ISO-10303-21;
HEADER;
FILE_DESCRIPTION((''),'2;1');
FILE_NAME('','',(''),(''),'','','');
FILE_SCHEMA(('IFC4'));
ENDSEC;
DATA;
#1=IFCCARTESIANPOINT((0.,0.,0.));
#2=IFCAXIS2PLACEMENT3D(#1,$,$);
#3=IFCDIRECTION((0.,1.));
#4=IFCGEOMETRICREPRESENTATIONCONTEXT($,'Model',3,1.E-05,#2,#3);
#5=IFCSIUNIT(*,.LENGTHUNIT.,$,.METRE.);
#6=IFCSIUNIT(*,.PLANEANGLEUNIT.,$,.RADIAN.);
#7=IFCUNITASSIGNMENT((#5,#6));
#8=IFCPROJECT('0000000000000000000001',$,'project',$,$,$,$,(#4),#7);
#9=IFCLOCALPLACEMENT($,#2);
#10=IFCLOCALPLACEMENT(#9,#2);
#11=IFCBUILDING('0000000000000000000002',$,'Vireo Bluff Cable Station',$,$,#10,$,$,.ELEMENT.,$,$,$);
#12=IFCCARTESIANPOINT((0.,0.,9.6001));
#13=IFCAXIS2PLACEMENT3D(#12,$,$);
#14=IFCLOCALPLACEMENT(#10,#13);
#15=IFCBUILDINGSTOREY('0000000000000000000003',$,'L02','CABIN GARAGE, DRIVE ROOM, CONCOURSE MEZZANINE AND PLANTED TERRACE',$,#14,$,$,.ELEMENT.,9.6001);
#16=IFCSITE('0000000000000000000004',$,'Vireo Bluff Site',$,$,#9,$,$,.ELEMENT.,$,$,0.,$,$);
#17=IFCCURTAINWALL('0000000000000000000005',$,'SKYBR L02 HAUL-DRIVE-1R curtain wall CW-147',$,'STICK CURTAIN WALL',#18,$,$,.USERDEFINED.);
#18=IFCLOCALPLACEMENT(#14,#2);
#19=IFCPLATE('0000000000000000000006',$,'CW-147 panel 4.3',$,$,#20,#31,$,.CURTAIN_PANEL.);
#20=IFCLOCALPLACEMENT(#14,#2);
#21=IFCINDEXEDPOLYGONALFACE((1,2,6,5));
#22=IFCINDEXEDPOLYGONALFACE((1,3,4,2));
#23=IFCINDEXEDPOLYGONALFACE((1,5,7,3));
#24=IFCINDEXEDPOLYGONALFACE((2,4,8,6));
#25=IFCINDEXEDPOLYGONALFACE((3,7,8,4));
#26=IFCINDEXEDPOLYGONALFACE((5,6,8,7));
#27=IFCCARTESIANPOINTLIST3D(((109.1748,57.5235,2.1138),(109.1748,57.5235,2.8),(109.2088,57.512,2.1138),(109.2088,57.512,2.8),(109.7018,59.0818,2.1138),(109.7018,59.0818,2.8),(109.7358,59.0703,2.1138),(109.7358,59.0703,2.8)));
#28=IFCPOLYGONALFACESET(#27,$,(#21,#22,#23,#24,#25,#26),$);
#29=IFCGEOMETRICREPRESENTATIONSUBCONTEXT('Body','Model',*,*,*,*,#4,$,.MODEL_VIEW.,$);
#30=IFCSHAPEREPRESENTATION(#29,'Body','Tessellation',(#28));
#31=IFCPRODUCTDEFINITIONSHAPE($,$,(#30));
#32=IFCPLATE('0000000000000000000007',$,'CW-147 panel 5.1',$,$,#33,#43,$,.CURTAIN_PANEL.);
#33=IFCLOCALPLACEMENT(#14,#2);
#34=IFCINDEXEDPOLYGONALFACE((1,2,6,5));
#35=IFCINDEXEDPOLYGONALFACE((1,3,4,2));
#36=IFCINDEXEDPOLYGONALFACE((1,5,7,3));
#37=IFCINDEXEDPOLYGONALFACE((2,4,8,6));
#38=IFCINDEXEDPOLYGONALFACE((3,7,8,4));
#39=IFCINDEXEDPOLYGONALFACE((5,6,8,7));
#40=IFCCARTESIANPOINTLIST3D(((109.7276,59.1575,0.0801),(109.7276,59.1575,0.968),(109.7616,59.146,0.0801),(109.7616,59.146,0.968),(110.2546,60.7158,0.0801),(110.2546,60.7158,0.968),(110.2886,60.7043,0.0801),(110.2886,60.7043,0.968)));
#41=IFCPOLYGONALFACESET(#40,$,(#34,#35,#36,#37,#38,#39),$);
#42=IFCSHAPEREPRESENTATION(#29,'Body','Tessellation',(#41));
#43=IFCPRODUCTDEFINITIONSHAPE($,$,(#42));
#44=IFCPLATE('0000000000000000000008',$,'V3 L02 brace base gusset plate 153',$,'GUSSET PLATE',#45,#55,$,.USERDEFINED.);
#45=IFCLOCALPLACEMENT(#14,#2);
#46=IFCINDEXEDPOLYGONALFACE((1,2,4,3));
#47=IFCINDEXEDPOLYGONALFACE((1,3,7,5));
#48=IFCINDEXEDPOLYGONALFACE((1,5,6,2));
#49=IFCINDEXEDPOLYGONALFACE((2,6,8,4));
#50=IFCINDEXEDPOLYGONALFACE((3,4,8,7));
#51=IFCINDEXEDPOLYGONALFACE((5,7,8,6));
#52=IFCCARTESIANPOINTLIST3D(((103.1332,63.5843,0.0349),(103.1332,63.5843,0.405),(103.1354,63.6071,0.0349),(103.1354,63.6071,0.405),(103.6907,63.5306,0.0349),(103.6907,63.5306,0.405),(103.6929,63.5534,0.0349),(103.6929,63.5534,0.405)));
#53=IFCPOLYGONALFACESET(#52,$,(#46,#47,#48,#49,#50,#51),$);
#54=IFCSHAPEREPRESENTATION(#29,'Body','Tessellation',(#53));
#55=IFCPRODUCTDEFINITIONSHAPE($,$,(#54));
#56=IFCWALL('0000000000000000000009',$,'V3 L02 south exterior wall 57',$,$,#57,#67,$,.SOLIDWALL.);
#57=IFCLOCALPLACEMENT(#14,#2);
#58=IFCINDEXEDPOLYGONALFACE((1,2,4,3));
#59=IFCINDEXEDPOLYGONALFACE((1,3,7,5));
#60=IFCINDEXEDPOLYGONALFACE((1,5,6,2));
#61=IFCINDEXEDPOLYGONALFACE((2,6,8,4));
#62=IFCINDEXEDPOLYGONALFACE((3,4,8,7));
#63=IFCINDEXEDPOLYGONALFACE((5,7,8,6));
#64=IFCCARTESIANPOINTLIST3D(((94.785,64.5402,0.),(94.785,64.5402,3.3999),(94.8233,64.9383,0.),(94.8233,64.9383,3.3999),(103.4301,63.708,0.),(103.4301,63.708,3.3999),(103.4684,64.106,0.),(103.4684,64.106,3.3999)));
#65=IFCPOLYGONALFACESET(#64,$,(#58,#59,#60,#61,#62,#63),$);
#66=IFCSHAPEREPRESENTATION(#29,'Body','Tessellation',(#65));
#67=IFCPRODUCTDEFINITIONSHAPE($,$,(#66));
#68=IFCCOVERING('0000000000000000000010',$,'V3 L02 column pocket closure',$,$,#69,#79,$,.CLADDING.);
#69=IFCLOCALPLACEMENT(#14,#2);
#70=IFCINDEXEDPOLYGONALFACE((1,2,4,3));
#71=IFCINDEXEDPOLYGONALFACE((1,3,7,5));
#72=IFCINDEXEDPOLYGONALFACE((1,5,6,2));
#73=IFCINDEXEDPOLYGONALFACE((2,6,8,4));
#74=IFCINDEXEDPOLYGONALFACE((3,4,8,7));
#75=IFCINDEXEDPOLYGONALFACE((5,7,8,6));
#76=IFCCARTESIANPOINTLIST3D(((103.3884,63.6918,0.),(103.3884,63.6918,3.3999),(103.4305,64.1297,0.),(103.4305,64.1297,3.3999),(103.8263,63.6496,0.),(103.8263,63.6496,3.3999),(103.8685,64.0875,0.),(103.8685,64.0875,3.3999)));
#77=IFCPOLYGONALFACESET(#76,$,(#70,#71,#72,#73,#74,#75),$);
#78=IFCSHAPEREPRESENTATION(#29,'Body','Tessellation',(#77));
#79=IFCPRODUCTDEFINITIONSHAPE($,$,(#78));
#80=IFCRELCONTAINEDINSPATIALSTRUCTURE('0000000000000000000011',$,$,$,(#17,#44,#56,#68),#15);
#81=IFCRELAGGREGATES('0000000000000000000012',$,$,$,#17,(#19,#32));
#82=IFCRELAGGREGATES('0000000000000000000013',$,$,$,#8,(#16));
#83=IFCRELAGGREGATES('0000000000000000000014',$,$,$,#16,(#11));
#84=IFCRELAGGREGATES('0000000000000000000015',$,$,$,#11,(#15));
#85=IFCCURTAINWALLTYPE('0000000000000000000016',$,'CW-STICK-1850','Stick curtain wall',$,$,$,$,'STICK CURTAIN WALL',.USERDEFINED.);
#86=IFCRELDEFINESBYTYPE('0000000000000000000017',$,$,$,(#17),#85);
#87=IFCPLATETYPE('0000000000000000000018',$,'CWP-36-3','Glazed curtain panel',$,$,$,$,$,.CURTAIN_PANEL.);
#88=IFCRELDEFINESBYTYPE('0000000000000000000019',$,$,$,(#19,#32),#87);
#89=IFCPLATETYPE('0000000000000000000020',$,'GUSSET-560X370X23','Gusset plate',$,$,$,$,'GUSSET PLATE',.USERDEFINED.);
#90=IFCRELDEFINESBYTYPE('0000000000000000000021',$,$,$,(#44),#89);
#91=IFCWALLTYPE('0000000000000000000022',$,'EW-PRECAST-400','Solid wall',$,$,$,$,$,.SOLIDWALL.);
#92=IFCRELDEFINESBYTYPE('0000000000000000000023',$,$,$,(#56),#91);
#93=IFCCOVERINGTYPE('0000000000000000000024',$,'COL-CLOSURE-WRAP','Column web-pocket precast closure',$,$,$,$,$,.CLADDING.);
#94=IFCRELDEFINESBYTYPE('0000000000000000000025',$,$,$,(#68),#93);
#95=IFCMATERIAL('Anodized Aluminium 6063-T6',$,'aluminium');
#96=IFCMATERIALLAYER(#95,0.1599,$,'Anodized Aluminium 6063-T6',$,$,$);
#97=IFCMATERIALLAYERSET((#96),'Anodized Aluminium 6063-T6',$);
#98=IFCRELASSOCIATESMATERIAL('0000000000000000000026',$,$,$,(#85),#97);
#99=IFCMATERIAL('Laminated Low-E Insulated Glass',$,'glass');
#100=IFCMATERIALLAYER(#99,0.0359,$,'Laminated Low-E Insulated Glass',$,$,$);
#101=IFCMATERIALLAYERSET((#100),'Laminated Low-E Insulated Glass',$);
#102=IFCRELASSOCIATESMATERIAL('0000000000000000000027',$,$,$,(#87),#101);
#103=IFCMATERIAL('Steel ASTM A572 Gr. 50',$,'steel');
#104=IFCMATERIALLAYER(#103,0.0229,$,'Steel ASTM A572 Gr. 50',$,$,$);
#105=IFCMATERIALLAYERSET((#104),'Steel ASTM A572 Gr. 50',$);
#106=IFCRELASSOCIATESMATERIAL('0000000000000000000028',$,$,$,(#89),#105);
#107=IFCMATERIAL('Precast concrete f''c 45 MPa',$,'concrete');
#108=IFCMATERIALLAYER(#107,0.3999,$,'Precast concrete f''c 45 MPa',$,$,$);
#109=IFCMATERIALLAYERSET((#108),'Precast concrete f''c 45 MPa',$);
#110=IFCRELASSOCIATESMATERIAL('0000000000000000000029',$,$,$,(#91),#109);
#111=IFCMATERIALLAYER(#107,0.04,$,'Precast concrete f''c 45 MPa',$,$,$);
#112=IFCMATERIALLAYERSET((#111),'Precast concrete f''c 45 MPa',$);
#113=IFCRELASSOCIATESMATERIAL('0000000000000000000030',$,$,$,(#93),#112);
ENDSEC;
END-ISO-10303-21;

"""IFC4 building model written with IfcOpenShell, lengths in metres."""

from ifc_helpers import new_model, si_unit, direction, frame, frame_2d, origin, origin_2d, place, context, subcontext, project, spatial, rectangle, extrude, material, layer, layer_set, type_object, element, aggregate, save


model = new_model("IFC4")

# Units and contexts
model_context = context("Model", 3, precision=1e-05, world=origin(), true_north=direction((0.0, 1.0)))
body_context = subcontext(model_context, "Body", "Model", "MODEL_VIEW")
ifc_project = project(units=[si_unit("LENGTHUNIT", "METRE"), si_unit("PLANEANGLEUNIT", "RADIAN")], contexts=[model_context])

# Site, building, storey
site_placement = place(None, origin())
site = spatial("IfcSite", under=ifc_project, at=site_placement, Name="Vireo Bluff Site", CompositionType="ELEMENT", RefElevation=0.0)
building_placement = place(site_placement, origin())
building = spatial("IfcBuilding", under=site, at=building_placement, Name="Vireo Bluff Cable Station", CompositionType="ELEMENT")
storey_placement = place(building_placement, frame((0.0, 0.0, 9.6001)))
storey = spatial("IfcBuildingStorey", under=building, at=storey_placement, Name="L02", Description="CABIN GARAGE, DRIVE ROOM, CONCOURSE MEZZANINE AND PLANTED TERRACE", CompositionType="ELEMENT", Elevation=9.6001)

# Shared definitions
ifc_material_1 = material(Name="Anodized Aluminium 6063-T6", Category="aluminium")

# Curtain wall
ifc_layer_1 = layer(ifc_material_1, 0.1599, Name="Anodized Aluminium 6063-T6")
ifc_layer_set_1 = layer_set([ifc_layer_1], Name="Anodized Aluminium 6063-T6")
curtain_wall_type_1 = type_object("IfcCurtainWallType", Name="CW-STICK-1850", Description="Stick curtain wall", ElementType="STICK CURTAIN WALL", PredefinedType="USERDEFINED", material=ifc_layer_set_1)
curtain_wall_1_placement = place(storey_placement, origin())
curtain_wall_1 = element("IfcCurtainWall", 1, at=curtain_wall_1_placement, inside=storey, type_object=curtain_wall_type_1, Name="SKYBR L02 HAUL-DRIVE-1R curtain wall CW-147", ObjectType="STICK CURTAIN WALL", PredefinedType="USERDEFINED")

# Plates
ifc_material_2 = material(Name="Laminated Low-E Insulated Glass", Category="glass")
ifc_layer_2 = layer(ifc_material_2, 0.0359, Name="Laminated Low-E Insulated Glass")
ifc_layer_set_2 = layer_set([ifc_layer_2], Name="Laminated Low-E Insulated Glass")
plate_type_1 = type_object("IfcPlateType", Name="CWP-36-3", Description="Glazed curtain panel", PredefinedType="CURTAIN_PANEL", material=ifc_layer_set_2)
plate_1_placement = place(storey_placement, frame((109.4553, 58.2969, 2.1138), z_axis=(0.0, 0.0, 1.0), x_axis=(0.320364, 0.947295, 0.0)))
plate_1 = element("IfcPlate", 2, at=plate_1_placement, type_object=plate_type_1, Name="CW-147 panel 4.3", PredefinedType="CURTAIN_PANEL", context=body_context, shape_type="SweptSolid", body=[
    extrude(rectangle(XDim=1.645, YDim=0.0359, at=origin_2d()), origin(), (0.0, 0.0, 1.0), 0.6863),
])
plate_2_placement = place(storey_placement, frame((110.0081, 59.9309, 0.0801), z_axis=(0.0, 0.0, 1.0), x_axis=(0.320364, 0.947295, 0.0)))
plate_2 = element("IfcPlate", 3, at=plate_2_placement, type_object=plate_type_1, Name="CW-147 panel 5.1", PredefinedType="CURTAIN_PANEL", context=body_context, shape_type="SweptSolid", body=[
    extrude(rectangle(XDim=1.645, YDim=0.0359, at=origin_2d()), origin(), (0.0, 0.0, 1.0), 0.8879),
])
aggregate(curtain_wall_1, [plate_1, plate_2])
ifc_material_3 = material(Name="Steel ASTM A572 Gr. 50", Category="steel")
ifc_layer_3 = layer(ifc_material_3, 0.0229, Name="Steel ASTM A572 Gr. 50")
ifc_layer_set_3 = layer_set([ifc_layer_3], Name="Steel ASTM A572 Gr. 50")
plate_type_2 = type_object("IfcPlateType", Name="GUSSET-560X370X23", Description="Gusset plate", ElementType="GUSSET PLATE", PredefinedType="USERDEFINED", material=ifc_layer_set_3)
plate_3_placement = place(storey_placement, frame((103.4131, 63.5688, 0.0349), z_axis=(0.0, 0.0, 1.0), x_axis=(0.995396, -0.095846, 0.0)))
element("IfcPlate", 4, at=plate_3_placement, inside=storey, type_object=plate_type_2, Name="V3 L02 brace base gusset plate 153", ObjectType="GUSSET PLATE", PredefinedType="USERDEFINED", context=body_context, shape_type="SweptSolid", body=[
    extrude(rectangle(XDim=0.5601, YDim=0.0229, at=origin_2d()), origin(), (0.0, 0.0, 1.0), 0.3701),
])

# Wall
ifc_material_4 = material(Name="Precast concrete f'c 45 MPa", Category="concrete")
ifc_layer_4 = layer(ifc_material_4, 0.3999, Name="Precast concrete f'c 45 MPa")
ifc_layer_set_4 = layer_set([ifc_layer_4], Name="Precast concrete f'c 45 MPa")
wall_type = type_object("IfcWallType", Name="EW-PRECAST-400", Description="Solid wall", PredefinedType="SOLIDWALL", material=ifc_layer_set_4)
wall_placement = place(storey_placement, frame((103.4492, 63.907, 0.0), z_axis=(0.0, 0.0, 1.0), x_axis=(-0.995398, 0.095829, 0.0)))
element("IfcWall", 5, at=wall_placement, inside=storey, type_object=wall_type, Name="V3 L02 south exterior wall 57", PredefinedType="SOLIDWALL", context=body_context, shape_type="SweptSolid", body=[
    extrude(rectangle(XDim=8.6851, YDim=0.3999, at=frame_2d((4.3425, 0.0))), origin(), (0.0, 0.0, 1.0), 3.3999),
])

# Covering
ifc_layer_5 = layer(ifc_material_4, 0.04, Name="Precast concrete f'c 45 MPa")
ifc_layer_set_5 = layer_set([ifc_layer_5], Name="Precast concrete f'c 45 MPa")
covering_type = type_object("IfcCoveringType", Name="COL-CLOSURE-WRAP", Description="Column web-pocket precast closure", PredefinedType="CLADDING", material=ifc_layer_set_5)
covering_placement = place(storey_placement, frame((103.6284, 63.8896, 0.0), z_axis=(0.0, 0.0, 1.0), x_axis=(0.995396, -0.095846, 0.0)))
element("IfcCovering", 6, at=covering_placement, inside=storey, type_object=covering_type, Name="V3 L02 column pocket closure", PredefinedType="CLADDING", context=body_context, shape_type="SweptSolid", body=[
    extrude(rectangle(XDim=0.4399, YDim=0.4399, at=origin_2d()), origin(), (0.0, 0.0, 1.0), 3.3999),
])

save(model, "model.ifc")
